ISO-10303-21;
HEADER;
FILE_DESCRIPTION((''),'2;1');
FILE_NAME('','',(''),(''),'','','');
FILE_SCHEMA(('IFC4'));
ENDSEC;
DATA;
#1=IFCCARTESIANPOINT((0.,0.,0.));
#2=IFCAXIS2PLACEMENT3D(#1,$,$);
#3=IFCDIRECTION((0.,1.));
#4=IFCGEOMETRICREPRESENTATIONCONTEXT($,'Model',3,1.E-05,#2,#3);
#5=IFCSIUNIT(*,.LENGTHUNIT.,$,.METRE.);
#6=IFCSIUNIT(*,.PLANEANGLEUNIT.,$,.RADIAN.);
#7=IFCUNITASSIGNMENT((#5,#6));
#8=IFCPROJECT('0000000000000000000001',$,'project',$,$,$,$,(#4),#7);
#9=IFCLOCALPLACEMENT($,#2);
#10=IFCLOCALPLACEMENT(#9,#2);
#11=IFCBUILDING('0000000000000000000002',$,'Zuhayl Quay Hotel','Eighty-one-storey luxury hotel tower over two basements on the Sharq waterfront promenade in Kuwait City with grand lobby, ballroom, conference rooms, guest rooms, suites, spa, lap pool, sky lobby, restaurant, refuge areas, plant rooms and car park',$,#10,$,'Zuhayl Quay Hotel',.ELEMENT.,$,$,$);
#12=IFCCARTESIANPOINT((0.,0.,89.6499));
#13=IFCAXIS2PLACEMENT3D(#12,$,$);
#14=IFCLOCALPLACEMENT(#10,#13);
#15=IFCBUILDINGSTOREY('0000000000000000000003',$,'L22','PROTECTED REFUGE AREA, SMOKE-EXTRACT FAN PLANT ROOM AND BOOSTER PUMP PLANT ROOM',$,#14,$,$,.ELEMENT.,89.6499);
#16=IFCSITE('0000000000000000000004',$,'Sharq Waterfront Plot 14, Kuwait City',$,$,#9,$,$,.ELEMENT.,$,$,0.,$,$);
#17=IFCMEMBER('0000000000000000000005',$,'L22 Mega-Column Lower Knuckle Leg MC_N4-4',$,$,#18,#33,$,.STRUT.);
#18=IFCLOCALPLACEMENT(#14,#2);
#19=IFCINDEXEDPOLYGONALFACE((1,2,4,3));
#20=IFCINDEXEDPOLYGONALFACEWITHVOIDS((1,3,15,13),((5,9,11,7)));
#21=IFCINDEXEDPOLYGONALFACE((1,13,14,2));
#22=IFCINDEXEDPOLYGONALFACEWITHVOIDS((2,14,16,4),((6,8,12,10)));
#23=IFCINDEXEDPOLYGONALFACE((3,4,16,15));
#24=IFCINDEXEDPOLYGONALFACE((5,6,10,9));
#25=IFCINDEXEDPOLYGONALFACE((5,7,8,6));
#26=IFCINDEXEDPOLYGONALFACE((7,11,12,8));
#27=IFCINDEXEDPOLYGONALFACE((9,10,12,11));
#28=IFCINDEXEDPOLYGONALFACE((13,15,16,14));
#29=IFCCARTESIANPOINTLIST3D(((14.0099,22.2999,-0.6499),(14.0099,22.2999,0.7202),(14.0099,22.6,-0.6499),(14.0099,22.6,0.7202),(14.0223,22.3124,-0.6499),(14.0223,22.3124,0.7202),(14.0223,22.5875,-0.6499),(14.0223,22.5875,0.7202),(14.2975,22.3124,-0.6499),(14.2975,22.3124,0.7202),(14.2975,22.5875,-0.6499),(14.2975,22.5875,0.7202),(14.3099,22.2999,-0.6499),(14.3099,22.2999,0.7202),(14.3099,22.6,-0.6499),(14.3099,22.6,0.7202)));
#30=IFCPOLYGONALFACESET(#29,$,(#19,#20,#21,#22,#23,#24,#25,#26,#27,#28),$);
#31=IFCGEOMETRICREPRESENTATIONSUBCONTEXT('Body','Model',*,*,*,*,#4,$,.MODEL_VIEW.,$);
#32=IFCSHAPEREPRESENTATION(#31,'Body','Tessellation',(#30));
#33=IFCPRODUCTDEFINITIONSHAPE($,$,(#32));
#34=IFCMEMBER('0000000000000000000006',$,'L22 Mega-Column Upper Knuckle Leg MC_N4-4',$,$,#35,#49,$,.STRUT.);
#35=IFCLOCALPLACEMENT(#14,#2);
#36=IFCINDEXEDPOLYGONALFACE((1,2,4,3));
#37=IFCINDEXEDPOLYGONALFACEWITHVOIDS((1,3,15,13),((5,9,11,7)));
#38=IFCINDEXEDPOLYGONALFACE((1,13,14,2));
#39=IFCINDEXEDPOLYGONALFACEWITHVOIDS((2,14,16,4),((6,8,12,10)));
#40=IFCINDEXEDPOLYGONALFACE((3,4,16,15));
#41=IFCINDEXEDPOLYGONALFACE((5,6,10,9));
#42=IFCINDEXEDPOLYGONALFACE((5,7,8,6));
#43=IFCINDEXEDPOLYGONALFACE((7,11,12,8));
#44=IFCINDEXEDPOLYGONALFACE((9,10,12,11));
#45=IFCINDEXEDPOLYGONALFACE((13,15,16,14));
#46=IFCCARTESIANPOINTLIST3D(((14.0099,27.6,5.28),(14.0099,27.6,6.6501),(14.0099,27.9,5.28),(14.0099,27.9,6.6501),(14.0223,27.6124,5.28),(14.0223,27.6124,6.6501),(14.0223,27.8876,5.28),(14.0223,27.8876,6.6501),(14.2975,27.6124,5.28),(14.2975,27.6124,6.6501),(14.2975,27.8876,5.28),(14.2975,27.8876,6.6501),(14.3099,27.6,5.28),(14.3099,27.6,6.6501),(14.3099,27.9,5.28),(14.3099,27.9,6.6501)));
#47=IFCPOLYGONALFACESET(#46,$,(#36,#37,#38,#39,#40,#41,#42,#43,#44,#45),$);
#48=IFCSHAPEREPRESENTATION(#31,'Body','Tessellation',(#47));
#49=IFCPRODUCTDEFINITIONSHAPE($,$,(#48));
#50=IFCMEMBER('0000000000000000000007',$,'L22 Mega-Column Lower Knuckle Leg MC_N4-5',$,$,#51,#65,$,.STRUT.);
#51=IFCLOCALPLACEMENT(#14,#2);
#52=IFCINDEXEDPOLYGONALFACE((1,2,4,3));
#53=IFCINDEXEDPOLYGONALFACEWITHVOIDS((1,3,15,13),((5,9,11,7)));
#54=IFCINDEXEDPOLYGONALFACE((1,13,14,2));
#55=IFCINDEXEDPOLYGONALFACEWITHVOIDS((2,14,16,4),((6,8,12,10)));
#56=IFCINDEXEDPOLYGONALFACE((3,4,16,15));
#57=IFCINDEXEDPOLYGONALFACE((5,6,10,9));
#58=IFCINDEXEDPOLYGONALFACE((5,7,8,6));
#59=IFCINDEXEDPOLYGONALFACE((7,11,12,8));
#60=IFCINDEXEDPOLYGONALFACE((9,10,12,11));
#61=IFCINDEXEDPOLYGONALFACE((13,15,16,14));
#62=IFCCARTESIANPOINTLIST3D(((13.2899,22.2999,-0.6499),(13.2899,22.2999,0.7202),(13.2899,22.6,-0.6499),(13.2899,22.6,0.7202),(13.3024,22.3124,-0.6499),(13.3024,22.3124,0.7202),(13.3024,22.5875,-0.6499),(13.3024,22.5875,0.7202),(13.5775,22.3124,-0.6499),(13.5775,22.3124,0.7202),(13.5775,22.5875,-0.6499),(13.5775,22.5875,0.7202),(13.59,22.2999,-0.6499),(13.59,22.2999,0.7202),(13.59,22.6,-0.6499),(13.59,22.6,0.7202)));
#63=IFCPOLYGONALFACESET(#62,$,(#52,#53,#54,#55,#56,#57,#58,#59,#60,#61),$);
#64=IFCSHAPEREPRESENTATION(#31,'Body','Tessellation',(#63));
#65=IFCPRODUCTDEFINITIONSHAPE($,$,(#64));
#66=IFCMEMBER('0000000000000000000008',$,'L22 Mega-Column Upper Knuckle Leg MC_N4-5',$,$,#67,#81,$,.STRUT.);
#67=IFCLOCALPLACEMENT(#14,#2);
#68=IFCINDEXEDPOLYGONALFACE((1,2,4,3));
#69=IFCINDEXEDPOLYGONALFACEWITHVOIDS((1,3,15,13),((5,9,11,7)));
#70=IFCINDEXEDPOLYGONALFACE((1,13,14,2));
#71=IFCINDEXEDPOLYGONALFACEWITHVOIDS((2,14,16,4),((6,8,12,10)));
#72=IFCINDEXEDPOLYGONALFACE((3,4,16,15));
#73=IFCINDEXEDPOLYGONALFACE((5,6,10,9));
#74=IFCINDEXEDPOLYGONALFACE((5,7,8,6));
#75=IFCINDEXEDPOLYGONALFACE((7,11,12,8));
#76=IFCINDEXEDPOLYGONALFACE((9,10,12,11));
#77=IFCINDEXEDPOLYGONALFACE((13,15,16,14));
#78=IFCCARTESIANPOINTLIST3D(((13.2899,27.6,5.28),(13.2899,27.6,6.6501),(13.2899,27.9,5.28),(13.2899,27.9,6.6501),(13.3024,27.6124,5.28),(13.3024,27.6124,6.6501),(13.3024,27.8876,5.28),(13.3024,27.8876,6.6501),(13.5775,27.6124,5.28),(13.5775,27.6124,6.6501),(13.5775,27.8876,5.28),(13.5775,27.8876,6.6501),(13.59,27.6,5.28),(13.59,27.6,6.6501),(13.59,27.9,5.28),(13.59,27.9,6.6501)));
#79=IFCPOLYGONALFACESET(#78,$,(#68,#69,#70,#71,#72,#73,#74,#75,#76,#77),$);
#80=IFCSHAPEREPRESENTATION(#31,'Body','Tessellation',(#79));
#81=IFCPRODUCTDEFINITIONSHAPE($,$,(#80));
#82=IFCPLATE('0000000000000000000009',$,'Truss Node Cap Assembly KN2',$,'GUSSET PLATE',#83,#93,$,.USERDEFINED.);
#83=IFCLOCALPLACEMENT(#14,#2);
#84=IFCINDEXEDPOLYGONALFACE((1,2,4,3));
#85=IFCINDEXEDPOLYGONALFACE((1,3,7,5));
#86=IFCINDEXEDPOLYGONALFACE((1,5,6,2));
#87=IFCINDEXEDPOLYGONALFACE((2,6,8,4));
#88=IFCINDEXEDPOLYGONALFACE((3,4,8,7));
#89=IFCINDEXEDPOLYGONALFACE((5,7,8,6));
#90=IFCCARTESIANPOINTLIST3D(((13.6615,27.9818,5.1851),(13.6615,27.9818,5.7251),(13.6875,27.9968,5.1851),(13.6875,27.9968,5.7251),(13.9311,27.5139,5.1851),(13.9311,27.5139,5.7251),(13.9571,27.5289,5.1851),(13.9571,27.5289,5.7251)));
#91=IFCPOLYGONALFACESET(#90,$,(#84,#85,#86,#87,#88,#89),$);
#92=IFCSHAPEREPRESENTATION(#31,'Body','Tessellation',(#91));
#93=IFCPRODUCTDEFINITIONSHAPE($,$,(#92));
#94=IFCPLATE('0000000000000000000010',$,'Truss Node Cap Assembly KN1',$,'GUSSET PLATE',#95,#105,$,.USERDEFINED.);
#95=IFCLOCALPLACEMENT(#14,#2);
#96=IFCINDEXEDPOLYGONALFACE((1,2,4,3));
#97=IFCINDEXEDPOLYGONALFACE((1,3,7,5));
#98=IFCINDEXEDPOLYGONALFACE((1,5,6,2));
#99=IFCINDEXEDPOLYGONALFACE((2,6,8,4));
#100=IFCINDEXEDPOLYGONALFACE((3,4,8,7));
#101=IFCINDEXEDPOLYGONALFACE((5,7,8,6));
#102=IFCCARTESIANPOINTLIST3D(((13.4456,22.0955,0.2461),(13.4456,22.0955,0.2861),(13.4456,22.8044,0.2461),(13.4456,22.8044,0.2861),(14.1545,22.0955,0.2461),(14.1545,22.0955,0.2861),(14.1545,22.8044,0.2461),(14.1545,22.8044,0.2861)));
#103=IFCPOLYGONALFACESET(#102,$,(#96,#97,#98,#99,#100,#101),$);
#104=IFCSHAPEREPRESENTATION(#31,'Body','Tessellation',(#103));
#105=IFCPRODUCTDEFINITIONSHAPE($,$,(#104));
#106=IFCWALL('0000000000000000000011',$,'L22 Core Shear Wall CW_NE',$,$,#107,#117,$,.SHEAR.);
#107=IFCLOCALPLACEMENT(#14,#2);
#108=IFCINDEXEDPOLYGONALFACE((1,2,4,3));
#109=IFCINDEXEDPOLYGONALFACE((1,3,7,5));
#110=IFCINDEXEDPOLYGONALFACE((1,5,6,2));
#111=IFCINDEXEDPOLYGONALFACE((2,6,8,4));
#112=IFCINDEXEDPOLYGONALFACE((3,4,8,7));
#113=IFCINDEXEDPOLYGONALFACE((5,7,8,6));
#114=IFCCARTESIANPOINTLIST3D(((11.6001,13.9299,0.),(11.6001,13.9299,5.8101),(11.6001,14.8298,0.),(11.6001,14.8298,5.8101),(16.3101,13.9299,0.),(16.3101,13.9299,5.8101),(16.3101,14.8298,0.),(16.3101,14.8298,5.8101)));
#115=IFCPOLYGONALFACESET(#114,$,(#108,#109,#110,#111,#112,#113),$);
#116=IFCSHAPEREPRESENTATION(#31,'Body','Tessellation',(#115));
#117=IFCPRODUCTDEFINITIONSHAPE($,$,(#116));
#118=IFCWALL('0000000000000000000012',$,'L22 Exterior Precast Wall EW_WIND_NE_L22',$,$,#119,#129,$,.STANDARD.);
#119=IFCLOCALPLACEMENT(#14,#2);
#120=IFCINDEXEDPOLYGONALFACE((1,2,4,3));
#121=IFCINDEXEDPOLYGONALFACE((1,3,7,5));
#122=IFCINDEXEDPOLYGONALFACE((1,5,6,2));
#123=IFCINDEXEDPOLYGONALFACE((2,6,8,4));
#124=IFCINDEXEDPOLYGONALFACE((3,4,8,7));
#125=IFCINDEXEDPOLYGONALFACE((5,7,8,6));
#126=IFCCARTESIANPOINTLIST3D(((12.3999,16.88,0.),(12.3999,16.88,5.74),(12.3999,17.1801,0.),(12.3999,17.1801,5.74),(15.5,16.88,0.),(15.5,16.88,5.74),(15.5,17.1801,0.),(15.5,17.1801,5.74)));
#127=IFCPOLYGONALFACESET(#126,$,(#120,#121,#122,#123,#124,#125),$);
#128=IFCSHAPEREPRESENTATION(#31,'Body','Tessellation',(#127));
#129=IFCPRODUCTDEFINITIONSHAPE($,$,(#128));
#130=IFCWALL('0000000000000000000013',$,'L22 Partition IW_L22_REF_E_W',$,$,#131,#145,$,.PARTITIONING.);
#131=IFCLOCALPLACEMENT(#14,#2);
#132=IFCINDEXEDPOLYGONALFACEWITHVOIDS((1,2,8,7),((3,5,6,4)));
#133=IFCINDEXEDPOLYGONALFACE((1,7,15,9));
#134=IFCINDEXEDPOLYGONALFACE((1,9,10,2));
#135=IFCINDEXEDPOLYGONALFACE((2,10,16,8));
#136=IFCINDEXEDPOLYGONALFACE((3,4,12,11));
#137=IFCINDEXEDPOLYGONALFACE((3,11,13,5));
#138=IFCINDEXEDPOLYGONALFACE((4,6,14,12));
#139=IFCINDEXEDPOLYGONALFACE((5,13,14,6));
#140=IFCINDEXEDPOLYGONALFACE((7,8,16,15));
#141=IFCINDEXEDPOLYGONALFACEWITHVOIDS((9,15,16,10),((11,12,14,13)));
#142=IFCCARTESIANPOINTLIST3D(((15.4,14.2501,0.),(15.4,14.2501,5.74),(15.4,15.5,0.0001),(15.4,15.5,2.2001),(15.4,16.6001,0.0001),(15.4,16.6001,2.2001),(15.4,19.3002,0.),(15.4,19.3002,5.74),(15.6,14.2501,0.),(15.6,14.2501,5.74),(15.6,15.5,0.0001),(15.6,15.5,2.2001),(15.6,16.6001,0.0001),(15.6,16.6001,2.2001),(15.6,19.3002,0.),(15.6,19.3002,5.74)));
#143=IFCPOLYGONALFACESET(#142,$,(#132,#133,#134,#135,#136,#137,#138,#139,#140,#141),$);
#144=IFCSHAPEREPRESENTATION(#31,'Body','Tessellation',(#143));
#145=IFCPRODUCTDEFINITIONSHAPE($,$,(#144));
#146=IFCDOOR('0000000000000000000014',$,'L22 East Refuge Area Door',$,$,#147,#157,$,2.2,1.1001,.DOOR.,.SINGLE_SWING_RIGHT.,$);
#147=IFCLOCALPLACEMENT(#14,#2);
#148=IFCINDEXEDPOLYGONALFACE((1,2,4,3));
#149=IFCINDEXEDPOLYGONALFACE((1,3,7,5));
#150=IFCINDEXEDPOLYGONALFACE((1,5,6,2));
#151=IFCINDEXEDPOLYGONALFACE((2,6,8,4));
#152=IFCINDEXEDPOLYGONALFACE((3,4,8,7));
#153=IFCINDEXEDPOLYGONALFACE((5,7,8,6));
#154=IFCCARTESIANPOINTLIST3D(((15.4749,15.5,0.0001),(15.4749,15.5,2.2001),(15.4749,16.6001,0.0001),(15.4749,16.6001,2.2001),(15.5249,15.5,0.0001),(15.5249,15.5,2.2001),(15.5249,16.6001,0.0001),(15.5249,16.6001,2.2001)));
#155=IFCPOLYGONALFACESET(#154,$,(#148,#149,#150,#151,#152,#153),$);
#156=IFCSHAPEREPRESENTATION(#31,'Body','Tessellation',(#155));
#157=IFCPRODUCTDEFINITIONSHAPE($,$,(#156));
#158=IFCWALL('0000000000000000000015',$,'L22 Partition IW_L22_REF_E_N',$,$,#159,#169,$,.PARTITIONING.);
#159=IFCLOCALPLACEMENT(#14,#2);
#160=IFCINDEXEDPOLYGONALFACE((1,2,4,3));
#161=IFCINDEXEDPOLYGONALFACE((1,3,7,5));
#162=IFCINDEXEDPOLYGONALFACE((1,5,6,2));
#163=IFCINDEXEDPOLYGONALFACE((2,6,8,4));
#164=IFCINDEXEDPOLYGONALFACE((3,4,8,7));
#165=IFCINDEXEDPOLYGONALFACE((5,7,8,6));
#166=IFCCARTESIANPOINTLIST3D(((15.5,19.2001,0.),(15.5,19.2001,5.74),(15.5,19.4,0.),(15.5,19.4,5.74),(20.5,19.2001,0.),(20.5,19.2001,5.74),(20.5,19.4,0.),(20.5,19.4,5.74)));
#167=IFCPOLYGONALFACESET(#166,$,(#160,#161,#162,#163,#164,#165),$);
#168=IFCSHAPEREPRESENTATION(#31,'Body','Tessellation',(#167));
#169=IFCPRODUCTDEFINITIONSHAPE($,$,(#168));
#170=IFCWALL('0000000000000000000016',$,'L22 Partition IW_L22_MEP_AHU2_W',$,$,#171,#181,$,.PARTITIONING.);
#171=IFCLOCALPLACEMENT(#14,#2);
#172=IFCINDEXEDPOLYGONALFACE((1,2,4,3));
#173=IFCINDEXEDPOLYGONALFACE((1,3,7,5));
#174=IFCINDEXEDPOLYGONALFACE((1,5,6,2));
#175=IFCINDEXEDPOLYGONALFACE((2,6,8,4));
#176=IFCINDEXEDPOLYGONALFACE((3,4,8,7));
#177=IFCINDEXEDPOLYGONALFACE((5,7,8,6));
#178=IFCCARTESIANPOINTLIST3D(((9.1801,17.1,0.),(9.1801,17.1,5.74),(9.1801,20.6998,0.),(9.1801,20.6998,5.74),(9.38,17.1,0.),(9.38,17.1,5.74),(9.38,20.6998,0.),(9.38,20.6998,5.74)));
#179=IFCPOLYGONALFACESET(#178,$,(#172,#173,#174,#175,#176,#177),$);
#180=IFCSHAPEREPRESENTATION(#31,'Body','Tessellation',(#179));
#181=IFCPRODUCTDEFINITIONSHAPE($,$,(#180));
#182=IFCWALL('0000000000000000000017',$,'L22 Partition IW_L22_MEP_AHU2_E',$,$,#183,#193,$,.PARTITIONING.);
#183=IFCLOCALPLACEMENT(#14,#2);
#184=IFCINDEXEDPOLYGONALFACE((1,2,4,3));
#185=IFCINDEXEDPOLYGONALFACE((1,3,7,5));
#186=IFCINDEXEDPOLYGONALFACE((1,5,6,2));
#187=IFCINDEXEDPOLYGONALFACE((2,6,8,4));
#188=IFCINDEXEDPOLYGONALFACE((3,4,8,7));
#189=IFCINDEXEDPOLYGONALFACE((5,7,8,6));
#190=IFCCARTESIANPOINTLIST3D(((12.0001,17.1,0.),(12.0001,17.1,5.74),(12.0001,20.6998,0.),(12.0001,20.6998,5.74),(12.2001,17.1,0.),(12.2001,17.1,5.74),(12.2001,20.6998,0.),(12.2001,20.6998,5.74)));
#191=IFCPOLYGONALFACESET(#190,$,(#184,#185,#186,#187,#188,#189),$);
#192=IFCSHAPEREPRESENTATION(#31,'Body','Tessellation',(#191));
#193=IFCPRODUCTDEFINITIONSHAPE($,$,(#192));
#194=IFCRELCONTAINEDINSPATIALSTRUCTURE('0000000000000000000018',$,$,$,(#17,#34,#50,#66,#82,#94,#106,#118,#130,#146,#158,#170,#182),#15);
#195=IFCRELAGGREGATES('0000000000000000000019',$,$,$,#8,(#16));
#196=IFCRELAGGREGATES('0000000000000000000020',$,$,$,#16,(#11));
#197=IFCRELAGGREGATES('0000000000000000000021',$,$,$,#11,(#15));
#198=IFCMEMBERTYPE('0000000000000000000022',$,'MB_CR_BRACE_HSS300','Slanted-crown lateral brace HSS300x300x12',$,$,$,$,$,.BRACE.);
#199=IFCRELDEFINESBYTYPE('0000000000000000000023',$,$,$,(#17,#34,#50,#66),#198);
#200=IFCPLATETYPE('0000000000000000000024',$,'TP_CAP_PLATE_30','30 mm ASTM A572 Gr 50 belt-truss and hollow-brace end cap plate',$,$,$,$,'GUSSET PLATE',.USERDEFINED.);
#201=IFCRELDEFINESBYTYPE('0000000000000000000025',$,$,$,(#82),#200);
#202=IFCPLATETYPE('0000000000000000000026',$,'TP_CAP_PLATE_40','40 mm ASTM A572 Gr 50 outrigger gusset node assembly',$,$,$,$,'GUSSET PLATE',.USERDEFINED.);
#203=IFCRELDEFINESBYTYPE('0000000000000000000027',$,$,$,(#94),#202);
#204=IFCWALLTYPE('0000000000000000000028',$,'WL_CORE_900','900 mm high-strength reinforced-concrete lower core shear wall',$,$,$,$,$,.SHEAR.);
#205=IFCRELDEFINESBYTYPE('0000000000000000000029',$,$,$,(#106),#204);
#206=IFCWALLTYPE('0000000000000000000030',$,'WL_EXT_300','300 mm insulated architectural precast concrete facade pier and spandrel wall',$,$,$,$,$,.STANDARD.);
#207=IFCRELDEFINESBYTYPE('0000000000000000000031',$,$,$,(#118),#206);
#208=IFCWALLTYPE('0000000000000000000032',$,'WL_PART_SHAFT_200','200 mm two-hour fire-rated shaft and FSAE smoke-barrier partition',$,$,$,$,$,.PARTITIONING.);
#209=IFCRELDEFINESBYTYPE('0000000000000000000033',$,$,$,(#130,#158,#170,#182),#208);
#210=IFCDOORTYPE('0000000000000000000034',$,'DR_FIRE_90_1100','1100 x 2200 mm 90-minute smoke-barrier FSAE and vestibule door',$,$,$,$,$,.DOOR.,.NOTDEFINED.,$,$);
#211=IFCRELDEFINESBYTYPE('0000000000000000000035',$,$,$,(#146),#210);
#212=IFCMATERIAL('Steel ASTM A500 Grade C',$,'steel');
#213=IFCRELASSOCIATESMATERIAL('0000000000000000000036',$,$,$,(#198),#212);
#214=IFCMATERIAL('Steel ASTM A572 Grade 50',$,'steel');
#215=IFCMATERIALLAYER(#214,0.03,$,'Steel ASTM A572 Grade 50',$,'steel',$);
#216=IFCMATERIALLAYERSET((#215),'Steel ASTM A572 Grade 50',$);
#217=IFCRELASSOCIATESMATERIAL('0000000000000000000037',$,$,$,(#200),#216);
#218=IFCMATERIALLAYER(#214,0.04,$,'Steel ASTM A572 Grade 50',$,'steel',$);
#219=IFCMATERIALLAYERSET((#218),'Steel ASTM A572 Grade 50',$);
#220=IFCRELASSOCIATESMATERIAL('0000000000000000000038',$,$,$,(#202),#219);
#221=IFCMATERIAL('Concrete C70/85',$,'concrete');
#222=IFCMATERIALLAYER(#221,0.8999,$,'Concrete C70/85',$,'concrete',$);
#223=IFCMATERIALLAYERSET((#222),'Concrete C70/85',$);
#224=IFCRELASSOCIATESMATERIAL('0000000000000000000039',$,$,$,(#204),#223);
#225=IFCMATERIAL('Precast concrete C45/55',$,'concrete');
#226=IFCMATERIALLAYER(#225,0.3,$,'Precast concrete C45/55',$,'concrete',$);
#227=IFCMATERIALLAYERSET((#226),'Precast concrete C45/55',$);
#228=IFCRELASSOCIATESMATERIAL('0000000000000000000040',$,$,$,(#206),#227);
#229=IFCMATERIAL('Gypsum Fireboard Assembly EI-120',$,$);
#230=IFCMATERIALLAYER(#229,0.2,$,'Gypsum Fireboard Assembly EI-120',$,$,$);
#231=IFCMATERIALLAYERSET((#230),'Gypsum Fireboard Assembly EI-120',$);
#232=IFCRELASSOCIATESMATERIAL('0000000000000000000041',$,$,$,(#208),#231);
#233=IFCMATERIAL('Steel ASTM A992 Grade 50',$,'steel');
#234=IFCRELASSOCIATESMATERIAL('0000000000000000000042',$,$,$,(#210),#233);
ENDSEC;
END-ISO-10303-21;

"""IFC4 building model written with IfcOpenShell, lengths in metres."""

from ifc_helpers import new_model, si_unit, direction, frame, frame_2d, origin, origin_2d, place, context, subcontext, project, spatial, rectangle, hollow_rectangle, extrude, material, layer, layer_set, material_profile, profile_set, type_object, element, fill, save


model = new_model("IFC4")

# Units and contexts
model_context = context("Model", 3, precision=1e-05, world=origin(), true_north=direction((0.0, 1.0)))
body_context = subcontext(model_context, "Body", "Model", "MODEL_VIEW")
ifc_project = project(units=[si_unit("LENGTHUNIT", "METRE"), si_unit("PLANEANGLEUNIT", "RADIAN")], contexts=[model_context])

# Site, building, storey
site_placement = place(None, origin())
site = spatial("IfcSite", under=ifc_project, at=site_placement, Name="Sharq Waterfront Plot 14, Kuwait City", CompositionType="ELEMENT", RefElevation=0.0)
building_placement = place(site_placement, origin())
building = spatial("IfcBuilding", under=site, at=building_placement, Name="Zuhayl Quay Hotel", Description="Eighty-one-storey luxury hotel tower over two basements on the Sharq waterfront promenade in Kuwait City with grand lobby, ballroom, conference rooms, guest rooms, suites, spa, lap pool, sky lobby, restaurant, refuge areas, plant rooms and car park", LongName="Zuhayl Quay Hotel", CompositionType="ELEMENT")
storey_placement = place(building_placement, frame((0.0, 0.0, 89.6499)))
storey = spatial("IfcBuildingStorey", under=building, at=storey_placement, Name="L22", Description="PROTECTED REFUGE AREA, SMOKE-EXTRACT FAN PLANT ROOM AND BOOSTER PUMP PLANT ROOM", CompositionType="ELEMENT", Elevation=89.6499)

# Shared definitions
ifc_material_1 = material(Name="Concrete C70/85", Category="concrete")

# Members
ifc_material_2 = material(Name="Steel ASTM A500 Grade C", Category="steel")
ifc_material_profile_1 = material_profile(ifc_material_2, hollow_rectangle(XDim=0.3, YDim=0.3, WallThickness=0.0125, at=origin_2d()), Name="HSS300X300X12")
ifc_profile_set_1 = profile_set([ifc_material_profile_1], Name="Steel ASTM A500 Grade C")
member_type = type_object("IfcMemberType", Name="MB_CR_BRACE_HSS300", Description="Slanted-crown lateral brace HSS300x300x12", PredefinedType="BRACE", material=ifc_profile_set_1)
for number, where, z_axis, x_axis, name in (
    (1, (14.1599, 22.45, -0.6499), (0.0, 0.0, 1.0), (1.0, 0.0, 0.0), "L22 Mega-Column Lower Knuckle Leg MC_N4-4"),
    (2, (14.1599, 27.75, 5.28), (0.0, 0.0, 1.0), (1.0, 0.0, 0.0), "L22 Mega-Column Upper Knuckle Leg MC_N4-4"),
    (3, (13.4399, 22.45, -0.6499), (0.0, 0.0, 1.0), (1.0, 0.0, 0.0), "L22 Mega-Column Lower Knuckle Leg MC_N4-5"),
    (4, (13.4399, 27.75, 5.28), (0.0, 0.0, 1.0), (1.0, 0.0, 0.0), "L22 Mega-Column Upper Knuckle Leg MC_N4-5"),
):
    element("IfcMember", number, at=place(storey_placement, frame(where, z_axis=z_axis, x_axis=x_axis)), inside=storey, type_object=member_type, Name=name, PredefinedType="STRUT", context=body_context, shape_type="SweptSolid", body=[
        extrude(hollow_rectangle(XDim=0.3, YDim=0.3, WallThickness=0.0125, at=origin_2d()), origin(), (0.0, 0.0, 1.0), 1.3701),
    ])

# Plates
ifc_material_3 = material(Name="Steel ASTM A572 Grade 50", Category="steel")
ifc_layer_1 = layer(ifc_material_3, 0.03, Name="Steel ASTM A572 Grade 50", Category="steel")
ifc_layer_set_1 = layer_set([ifc_layer_1], Name="Steel ASTM A572 Grade 50")
plate_type_1 = type_object("IfcPlateType", Name="TP_CAP_PLATE_30", Description="30 mm ASTM A572 Gr 50 belt-truss and hollow-brace end cap plate", ElementType="GUSSET PLATE", PredefinedType="USERDEFINED", material=ifc_layer_set_1)
plate_1_placement = place(storey_placement, frame((13.8093, 27.7554, 5.1851), z_axis=(0.0, 0.0, 1.0), x_axis=(0.866461, 0.499244, 0.0)))
element("IfcPlate", 5, at=plate_1_placement, inside=storey, type_object=plate_type_1, Name="Truss Node Cap Assembly KN2", ObjectType="GUSSET PLATE", PredefinedType="USERDEFINED", context=body_context, shape_type="SweptSolid", body=[
    extrude(rectangle(XDim=0.03, YDim=0.54, at=origin_2d()), origin(), (0.0, 0.0, 1.0), 0.54),
])
ifc_layer_2 = layer(ifc_material_3, 0.04, Name="Steel ASTM A572 Grade 50", Category="steel")
ifc_layer_set_2 = layer_set([ifc_layer_2], Name="Steel ASTM A572 Grade 50")
plate_type_2 = type_object("IfcPlateType", Name="TP_CAP_PLATE_40", Description="40 mm ASTM A572 Gr 50 outrigger gusset node assembly", ElementType="GUSSET PLATE", PredefinedType="USERDEFINED", material=ifc_layer_set_2)
plate_2_placement = place(storey_placement, frame((13.8, 22.45, 0.2461), z_axis=(0.0, 0.0, 1.0), x_axis=(1.0, 0.0, 0.0)))
element("IfcPlate", 6, at=plate_2_placement, inside=storey, type_object=plate_type_2, Name="Truss Node Cap Assembly KN1", ObjectType="GUSSET PLATE", PredefinedType="USERDEFINED", context=body_context, shape_type="SweptSolid", body=[
    extrude(rectangle(XDim=0.709, YDim=0.709, at=origin_2d()), origin(), (0.0, 0.0, 1.0), 0.04),
])

# Walls
ifc_layer_3 = layer(ifc_material_1, 0.8999, Name="Concrete C70/85", Category="concrete")
ifc_layer_set_3 = layer_set([ifc_layer_3], Name="Concrete C70/85")
wall_type_1 = type_object("IfcWallType", Name="WL_CORE_900", Description="900 mm high-strength reinforced-concrete lower core shear wall", PredefinedType="SHEAR", material=ifc_layer_set_3)
wall_1_placement = place(storey_placement, frame((11.6001, 14.3799, 0.0), z_axis=(0.0, 0.0, 1.0), x_axis=(1.0, 0.0, 0.0)))
element("IfcWall", 7, at=wall_1_placement, inside=storey, type_object=wall_type_1, Name="L22 Core Shear Wall CW_NE", PredefinedType="SHEAR", context=body_context, shape_type="SweptSolid", body=[
    extrude(rectangle(XDim=4.71, YDim=0.8999, at=frame_2d((2.355, 0.0))), origin(), (0.0, 0.0, 1.0), 5.8101),
])
ifc_material_4 = material(Name="Precast concrete C45/55", Category="concrete")
ifc_layer_4 = layer(ifc_material_4, 0.3, Name="Precast concrete C45/55", Category="concrete")
ifc_layer_set_4 = layer_set([ifc_layer_4], Name="Precast concrete C45/55")
wall_type_2 = type_object("IfcWallType", Name="WL_EXT_300", Description="300 mm insulated architectural precast concrete facade pier and spandrel wall", PredefinedType="STANDARD", material=ifc_layer_set_4)
wall_2_placement = place(storey_placement, frame((12.3999, 17.03, 0.0), z_axis=(0.0, 0.0, 1.0), x_axis=(1.0, 0.0, 0.0)))
element("IfcWall", 8, at=wall_2_placement, inside=storey, type_object=wall_type_2, Name="L22 Exterior Precast Wall EW_WIND_NE_L22", PredefinedType="STANDARD", context=body_context, shape_type="SweptSolid", body=[
    extrude(rectangle(XDim=3.1001, YDim=0.3, at=frame_2d((1.55, 0.0))), origin(), (0.0, 0.0, 1.0), 5.74),
])

# Wall, opening, door
ifc_material_5 = material(Name="Gypsum Fireboard Assembly EI-120")
ifc_layer_5 = layer(ifc_material_5, 0.2, Name="Gypsum Fireboard Assembly EI-120")
ifc_layer_set_5 = layer_set([ifc_layer_5], Name="Gypsum Fireboard Assembly EI-120")
wall_type_3 = type_object("IfcWallType", Name="WL_PART_SHAFT_200", Description="200 mm two-hour fire-rated shaft and FSAE smoke-barrier partition", PredefinedType="PARTITIONING", material=ifc_layer_set_5)
wall_3_placement = place(storey_placement, frame((15.5, 19.3, 0.0), z_axis=(0.0, 0.0, 1.0), x_axis=(0.0, -1.0, 0.0)))
wall_3 = element("IfcWall", 9, at=wall_3_placement, inside=storey, type_object=wall_type_3, Name="L22 Partition IW_L22_REF_E_W", PredefinedType="PARTITIONING", context=body_context, shape_type="SweptSolid", body=[
    extrude(rectangle(XDim=5.05, YDim=0.2, at=frame_2d((2.5249, 0.0))), origin(), (0.0, 0.0, 1.0), 5.74),
])
opening_placement = place(wall_3_placement, frame((2.7, 0.0, 0.0)))
opening = element("IfcOpeningElement", 10, at=opening_placement, cuts=wall_3, PredefinedType="OPENING", context=body_context, shape_type="SweptSolid", body=[
    extrude(rectangle(XDim=1.1001, YDim=2.2, at=frame_2d((0.55, 1.1001))), frame((0.0, 0.1099, 0.0), z_axis=(0.0, -1.0, 0.0), x_axis=(1.0, 0.0, 0.0)), (0.0, 0.0, 1.0), 0.22),
])
ifc_material_6 = material(Name="Steel ASTM A992 Grade 50", Category="steel")
door_type = type_object("IfcDoorType", Name="DR_FIRE_90_1100", Description="1100 x 2200 mm 90-minute smoke-barrier FSAE and vestibule door", OperationType="NOTDEFINED", PredefinedType="DOOR", material=ifc_material_6)
door_placement = place(opening_placement, origin())
door = element("IfcDoor", 11, at=door_placement, inside=storey, type_object=door_type, Name="L22 East Refuge Area Door", OperationType="SINGLE_SWING_RIGHT", OverallHeight=2.2, OverallWidth=1.1001, PredefinedType="DOOR", context=body_context, shape_type="SweptSolid", body=[
    extrude(rectangle(XDim=1.1001, YDim=2.2, at=frame_2d((0.55, 1.1001))), frame((0.0, 0.0249, 0.0), z_axis=(0.0, -1.0, 0.0), x_axis=(1.0, 0.0, 0.0)), (0.0, 0.0, 1.0), 0.05),
])
fill(opening, door)

# Walls
wall_4_placement = place(storey_placement, frame((15.5, 19.3, 0.0), z_axis=(0.0, 0.0, 1.0), x_axis=(1.0, 0.0, 0.0)))
element("IfcWall", 12, at=wall_4_placement, inside=storey, type_object=wall_type_3, Name="L22 Partition IW_L22_REF_E_N", PredefinedType="PARTITIONING", context=body_context, shape_type="SweptSolid", body=[
    extrude(rectangle(XDim=5.0, YDim=0.2, at=frame_2d((2.5, 0.0))), origin(), (0.0, 0.0, 1.0), 5.74),
])
for number, where, z_axis, x_axis, name in (
    (13, (9.28, 17.1001, 0.0), (0.0, 0.0, 1.0), (0.0, 1.0, 0.0), "L22 Partition IW_L22_MEP_AHU2_W"),
    (14, (12.1001, 17.1001, 0.0), (0.0, 0.0, 1.0), (0.0, 1.0, 0.0), "L22 Partition IW_L22_MEP_AHU2_E"),
):
    element("IfcWall", number, at=place(storey_placement, frame(where, z_axis=z_axis, x_axis=x_axis)), inside=storey, type_object=wall_type_3, Name=name, PredefinedType="PARTITIONING", context=body_context, shape_type="SweptSolid", body=[
        extrude(rectangle(XDim=3.5999, YDim=0.2, at=frame_2d((1.7998, 0.0))), origin(), (0.0, 0.0, 1.0), 5.74),
    ])

save(model, "model.ifc")
